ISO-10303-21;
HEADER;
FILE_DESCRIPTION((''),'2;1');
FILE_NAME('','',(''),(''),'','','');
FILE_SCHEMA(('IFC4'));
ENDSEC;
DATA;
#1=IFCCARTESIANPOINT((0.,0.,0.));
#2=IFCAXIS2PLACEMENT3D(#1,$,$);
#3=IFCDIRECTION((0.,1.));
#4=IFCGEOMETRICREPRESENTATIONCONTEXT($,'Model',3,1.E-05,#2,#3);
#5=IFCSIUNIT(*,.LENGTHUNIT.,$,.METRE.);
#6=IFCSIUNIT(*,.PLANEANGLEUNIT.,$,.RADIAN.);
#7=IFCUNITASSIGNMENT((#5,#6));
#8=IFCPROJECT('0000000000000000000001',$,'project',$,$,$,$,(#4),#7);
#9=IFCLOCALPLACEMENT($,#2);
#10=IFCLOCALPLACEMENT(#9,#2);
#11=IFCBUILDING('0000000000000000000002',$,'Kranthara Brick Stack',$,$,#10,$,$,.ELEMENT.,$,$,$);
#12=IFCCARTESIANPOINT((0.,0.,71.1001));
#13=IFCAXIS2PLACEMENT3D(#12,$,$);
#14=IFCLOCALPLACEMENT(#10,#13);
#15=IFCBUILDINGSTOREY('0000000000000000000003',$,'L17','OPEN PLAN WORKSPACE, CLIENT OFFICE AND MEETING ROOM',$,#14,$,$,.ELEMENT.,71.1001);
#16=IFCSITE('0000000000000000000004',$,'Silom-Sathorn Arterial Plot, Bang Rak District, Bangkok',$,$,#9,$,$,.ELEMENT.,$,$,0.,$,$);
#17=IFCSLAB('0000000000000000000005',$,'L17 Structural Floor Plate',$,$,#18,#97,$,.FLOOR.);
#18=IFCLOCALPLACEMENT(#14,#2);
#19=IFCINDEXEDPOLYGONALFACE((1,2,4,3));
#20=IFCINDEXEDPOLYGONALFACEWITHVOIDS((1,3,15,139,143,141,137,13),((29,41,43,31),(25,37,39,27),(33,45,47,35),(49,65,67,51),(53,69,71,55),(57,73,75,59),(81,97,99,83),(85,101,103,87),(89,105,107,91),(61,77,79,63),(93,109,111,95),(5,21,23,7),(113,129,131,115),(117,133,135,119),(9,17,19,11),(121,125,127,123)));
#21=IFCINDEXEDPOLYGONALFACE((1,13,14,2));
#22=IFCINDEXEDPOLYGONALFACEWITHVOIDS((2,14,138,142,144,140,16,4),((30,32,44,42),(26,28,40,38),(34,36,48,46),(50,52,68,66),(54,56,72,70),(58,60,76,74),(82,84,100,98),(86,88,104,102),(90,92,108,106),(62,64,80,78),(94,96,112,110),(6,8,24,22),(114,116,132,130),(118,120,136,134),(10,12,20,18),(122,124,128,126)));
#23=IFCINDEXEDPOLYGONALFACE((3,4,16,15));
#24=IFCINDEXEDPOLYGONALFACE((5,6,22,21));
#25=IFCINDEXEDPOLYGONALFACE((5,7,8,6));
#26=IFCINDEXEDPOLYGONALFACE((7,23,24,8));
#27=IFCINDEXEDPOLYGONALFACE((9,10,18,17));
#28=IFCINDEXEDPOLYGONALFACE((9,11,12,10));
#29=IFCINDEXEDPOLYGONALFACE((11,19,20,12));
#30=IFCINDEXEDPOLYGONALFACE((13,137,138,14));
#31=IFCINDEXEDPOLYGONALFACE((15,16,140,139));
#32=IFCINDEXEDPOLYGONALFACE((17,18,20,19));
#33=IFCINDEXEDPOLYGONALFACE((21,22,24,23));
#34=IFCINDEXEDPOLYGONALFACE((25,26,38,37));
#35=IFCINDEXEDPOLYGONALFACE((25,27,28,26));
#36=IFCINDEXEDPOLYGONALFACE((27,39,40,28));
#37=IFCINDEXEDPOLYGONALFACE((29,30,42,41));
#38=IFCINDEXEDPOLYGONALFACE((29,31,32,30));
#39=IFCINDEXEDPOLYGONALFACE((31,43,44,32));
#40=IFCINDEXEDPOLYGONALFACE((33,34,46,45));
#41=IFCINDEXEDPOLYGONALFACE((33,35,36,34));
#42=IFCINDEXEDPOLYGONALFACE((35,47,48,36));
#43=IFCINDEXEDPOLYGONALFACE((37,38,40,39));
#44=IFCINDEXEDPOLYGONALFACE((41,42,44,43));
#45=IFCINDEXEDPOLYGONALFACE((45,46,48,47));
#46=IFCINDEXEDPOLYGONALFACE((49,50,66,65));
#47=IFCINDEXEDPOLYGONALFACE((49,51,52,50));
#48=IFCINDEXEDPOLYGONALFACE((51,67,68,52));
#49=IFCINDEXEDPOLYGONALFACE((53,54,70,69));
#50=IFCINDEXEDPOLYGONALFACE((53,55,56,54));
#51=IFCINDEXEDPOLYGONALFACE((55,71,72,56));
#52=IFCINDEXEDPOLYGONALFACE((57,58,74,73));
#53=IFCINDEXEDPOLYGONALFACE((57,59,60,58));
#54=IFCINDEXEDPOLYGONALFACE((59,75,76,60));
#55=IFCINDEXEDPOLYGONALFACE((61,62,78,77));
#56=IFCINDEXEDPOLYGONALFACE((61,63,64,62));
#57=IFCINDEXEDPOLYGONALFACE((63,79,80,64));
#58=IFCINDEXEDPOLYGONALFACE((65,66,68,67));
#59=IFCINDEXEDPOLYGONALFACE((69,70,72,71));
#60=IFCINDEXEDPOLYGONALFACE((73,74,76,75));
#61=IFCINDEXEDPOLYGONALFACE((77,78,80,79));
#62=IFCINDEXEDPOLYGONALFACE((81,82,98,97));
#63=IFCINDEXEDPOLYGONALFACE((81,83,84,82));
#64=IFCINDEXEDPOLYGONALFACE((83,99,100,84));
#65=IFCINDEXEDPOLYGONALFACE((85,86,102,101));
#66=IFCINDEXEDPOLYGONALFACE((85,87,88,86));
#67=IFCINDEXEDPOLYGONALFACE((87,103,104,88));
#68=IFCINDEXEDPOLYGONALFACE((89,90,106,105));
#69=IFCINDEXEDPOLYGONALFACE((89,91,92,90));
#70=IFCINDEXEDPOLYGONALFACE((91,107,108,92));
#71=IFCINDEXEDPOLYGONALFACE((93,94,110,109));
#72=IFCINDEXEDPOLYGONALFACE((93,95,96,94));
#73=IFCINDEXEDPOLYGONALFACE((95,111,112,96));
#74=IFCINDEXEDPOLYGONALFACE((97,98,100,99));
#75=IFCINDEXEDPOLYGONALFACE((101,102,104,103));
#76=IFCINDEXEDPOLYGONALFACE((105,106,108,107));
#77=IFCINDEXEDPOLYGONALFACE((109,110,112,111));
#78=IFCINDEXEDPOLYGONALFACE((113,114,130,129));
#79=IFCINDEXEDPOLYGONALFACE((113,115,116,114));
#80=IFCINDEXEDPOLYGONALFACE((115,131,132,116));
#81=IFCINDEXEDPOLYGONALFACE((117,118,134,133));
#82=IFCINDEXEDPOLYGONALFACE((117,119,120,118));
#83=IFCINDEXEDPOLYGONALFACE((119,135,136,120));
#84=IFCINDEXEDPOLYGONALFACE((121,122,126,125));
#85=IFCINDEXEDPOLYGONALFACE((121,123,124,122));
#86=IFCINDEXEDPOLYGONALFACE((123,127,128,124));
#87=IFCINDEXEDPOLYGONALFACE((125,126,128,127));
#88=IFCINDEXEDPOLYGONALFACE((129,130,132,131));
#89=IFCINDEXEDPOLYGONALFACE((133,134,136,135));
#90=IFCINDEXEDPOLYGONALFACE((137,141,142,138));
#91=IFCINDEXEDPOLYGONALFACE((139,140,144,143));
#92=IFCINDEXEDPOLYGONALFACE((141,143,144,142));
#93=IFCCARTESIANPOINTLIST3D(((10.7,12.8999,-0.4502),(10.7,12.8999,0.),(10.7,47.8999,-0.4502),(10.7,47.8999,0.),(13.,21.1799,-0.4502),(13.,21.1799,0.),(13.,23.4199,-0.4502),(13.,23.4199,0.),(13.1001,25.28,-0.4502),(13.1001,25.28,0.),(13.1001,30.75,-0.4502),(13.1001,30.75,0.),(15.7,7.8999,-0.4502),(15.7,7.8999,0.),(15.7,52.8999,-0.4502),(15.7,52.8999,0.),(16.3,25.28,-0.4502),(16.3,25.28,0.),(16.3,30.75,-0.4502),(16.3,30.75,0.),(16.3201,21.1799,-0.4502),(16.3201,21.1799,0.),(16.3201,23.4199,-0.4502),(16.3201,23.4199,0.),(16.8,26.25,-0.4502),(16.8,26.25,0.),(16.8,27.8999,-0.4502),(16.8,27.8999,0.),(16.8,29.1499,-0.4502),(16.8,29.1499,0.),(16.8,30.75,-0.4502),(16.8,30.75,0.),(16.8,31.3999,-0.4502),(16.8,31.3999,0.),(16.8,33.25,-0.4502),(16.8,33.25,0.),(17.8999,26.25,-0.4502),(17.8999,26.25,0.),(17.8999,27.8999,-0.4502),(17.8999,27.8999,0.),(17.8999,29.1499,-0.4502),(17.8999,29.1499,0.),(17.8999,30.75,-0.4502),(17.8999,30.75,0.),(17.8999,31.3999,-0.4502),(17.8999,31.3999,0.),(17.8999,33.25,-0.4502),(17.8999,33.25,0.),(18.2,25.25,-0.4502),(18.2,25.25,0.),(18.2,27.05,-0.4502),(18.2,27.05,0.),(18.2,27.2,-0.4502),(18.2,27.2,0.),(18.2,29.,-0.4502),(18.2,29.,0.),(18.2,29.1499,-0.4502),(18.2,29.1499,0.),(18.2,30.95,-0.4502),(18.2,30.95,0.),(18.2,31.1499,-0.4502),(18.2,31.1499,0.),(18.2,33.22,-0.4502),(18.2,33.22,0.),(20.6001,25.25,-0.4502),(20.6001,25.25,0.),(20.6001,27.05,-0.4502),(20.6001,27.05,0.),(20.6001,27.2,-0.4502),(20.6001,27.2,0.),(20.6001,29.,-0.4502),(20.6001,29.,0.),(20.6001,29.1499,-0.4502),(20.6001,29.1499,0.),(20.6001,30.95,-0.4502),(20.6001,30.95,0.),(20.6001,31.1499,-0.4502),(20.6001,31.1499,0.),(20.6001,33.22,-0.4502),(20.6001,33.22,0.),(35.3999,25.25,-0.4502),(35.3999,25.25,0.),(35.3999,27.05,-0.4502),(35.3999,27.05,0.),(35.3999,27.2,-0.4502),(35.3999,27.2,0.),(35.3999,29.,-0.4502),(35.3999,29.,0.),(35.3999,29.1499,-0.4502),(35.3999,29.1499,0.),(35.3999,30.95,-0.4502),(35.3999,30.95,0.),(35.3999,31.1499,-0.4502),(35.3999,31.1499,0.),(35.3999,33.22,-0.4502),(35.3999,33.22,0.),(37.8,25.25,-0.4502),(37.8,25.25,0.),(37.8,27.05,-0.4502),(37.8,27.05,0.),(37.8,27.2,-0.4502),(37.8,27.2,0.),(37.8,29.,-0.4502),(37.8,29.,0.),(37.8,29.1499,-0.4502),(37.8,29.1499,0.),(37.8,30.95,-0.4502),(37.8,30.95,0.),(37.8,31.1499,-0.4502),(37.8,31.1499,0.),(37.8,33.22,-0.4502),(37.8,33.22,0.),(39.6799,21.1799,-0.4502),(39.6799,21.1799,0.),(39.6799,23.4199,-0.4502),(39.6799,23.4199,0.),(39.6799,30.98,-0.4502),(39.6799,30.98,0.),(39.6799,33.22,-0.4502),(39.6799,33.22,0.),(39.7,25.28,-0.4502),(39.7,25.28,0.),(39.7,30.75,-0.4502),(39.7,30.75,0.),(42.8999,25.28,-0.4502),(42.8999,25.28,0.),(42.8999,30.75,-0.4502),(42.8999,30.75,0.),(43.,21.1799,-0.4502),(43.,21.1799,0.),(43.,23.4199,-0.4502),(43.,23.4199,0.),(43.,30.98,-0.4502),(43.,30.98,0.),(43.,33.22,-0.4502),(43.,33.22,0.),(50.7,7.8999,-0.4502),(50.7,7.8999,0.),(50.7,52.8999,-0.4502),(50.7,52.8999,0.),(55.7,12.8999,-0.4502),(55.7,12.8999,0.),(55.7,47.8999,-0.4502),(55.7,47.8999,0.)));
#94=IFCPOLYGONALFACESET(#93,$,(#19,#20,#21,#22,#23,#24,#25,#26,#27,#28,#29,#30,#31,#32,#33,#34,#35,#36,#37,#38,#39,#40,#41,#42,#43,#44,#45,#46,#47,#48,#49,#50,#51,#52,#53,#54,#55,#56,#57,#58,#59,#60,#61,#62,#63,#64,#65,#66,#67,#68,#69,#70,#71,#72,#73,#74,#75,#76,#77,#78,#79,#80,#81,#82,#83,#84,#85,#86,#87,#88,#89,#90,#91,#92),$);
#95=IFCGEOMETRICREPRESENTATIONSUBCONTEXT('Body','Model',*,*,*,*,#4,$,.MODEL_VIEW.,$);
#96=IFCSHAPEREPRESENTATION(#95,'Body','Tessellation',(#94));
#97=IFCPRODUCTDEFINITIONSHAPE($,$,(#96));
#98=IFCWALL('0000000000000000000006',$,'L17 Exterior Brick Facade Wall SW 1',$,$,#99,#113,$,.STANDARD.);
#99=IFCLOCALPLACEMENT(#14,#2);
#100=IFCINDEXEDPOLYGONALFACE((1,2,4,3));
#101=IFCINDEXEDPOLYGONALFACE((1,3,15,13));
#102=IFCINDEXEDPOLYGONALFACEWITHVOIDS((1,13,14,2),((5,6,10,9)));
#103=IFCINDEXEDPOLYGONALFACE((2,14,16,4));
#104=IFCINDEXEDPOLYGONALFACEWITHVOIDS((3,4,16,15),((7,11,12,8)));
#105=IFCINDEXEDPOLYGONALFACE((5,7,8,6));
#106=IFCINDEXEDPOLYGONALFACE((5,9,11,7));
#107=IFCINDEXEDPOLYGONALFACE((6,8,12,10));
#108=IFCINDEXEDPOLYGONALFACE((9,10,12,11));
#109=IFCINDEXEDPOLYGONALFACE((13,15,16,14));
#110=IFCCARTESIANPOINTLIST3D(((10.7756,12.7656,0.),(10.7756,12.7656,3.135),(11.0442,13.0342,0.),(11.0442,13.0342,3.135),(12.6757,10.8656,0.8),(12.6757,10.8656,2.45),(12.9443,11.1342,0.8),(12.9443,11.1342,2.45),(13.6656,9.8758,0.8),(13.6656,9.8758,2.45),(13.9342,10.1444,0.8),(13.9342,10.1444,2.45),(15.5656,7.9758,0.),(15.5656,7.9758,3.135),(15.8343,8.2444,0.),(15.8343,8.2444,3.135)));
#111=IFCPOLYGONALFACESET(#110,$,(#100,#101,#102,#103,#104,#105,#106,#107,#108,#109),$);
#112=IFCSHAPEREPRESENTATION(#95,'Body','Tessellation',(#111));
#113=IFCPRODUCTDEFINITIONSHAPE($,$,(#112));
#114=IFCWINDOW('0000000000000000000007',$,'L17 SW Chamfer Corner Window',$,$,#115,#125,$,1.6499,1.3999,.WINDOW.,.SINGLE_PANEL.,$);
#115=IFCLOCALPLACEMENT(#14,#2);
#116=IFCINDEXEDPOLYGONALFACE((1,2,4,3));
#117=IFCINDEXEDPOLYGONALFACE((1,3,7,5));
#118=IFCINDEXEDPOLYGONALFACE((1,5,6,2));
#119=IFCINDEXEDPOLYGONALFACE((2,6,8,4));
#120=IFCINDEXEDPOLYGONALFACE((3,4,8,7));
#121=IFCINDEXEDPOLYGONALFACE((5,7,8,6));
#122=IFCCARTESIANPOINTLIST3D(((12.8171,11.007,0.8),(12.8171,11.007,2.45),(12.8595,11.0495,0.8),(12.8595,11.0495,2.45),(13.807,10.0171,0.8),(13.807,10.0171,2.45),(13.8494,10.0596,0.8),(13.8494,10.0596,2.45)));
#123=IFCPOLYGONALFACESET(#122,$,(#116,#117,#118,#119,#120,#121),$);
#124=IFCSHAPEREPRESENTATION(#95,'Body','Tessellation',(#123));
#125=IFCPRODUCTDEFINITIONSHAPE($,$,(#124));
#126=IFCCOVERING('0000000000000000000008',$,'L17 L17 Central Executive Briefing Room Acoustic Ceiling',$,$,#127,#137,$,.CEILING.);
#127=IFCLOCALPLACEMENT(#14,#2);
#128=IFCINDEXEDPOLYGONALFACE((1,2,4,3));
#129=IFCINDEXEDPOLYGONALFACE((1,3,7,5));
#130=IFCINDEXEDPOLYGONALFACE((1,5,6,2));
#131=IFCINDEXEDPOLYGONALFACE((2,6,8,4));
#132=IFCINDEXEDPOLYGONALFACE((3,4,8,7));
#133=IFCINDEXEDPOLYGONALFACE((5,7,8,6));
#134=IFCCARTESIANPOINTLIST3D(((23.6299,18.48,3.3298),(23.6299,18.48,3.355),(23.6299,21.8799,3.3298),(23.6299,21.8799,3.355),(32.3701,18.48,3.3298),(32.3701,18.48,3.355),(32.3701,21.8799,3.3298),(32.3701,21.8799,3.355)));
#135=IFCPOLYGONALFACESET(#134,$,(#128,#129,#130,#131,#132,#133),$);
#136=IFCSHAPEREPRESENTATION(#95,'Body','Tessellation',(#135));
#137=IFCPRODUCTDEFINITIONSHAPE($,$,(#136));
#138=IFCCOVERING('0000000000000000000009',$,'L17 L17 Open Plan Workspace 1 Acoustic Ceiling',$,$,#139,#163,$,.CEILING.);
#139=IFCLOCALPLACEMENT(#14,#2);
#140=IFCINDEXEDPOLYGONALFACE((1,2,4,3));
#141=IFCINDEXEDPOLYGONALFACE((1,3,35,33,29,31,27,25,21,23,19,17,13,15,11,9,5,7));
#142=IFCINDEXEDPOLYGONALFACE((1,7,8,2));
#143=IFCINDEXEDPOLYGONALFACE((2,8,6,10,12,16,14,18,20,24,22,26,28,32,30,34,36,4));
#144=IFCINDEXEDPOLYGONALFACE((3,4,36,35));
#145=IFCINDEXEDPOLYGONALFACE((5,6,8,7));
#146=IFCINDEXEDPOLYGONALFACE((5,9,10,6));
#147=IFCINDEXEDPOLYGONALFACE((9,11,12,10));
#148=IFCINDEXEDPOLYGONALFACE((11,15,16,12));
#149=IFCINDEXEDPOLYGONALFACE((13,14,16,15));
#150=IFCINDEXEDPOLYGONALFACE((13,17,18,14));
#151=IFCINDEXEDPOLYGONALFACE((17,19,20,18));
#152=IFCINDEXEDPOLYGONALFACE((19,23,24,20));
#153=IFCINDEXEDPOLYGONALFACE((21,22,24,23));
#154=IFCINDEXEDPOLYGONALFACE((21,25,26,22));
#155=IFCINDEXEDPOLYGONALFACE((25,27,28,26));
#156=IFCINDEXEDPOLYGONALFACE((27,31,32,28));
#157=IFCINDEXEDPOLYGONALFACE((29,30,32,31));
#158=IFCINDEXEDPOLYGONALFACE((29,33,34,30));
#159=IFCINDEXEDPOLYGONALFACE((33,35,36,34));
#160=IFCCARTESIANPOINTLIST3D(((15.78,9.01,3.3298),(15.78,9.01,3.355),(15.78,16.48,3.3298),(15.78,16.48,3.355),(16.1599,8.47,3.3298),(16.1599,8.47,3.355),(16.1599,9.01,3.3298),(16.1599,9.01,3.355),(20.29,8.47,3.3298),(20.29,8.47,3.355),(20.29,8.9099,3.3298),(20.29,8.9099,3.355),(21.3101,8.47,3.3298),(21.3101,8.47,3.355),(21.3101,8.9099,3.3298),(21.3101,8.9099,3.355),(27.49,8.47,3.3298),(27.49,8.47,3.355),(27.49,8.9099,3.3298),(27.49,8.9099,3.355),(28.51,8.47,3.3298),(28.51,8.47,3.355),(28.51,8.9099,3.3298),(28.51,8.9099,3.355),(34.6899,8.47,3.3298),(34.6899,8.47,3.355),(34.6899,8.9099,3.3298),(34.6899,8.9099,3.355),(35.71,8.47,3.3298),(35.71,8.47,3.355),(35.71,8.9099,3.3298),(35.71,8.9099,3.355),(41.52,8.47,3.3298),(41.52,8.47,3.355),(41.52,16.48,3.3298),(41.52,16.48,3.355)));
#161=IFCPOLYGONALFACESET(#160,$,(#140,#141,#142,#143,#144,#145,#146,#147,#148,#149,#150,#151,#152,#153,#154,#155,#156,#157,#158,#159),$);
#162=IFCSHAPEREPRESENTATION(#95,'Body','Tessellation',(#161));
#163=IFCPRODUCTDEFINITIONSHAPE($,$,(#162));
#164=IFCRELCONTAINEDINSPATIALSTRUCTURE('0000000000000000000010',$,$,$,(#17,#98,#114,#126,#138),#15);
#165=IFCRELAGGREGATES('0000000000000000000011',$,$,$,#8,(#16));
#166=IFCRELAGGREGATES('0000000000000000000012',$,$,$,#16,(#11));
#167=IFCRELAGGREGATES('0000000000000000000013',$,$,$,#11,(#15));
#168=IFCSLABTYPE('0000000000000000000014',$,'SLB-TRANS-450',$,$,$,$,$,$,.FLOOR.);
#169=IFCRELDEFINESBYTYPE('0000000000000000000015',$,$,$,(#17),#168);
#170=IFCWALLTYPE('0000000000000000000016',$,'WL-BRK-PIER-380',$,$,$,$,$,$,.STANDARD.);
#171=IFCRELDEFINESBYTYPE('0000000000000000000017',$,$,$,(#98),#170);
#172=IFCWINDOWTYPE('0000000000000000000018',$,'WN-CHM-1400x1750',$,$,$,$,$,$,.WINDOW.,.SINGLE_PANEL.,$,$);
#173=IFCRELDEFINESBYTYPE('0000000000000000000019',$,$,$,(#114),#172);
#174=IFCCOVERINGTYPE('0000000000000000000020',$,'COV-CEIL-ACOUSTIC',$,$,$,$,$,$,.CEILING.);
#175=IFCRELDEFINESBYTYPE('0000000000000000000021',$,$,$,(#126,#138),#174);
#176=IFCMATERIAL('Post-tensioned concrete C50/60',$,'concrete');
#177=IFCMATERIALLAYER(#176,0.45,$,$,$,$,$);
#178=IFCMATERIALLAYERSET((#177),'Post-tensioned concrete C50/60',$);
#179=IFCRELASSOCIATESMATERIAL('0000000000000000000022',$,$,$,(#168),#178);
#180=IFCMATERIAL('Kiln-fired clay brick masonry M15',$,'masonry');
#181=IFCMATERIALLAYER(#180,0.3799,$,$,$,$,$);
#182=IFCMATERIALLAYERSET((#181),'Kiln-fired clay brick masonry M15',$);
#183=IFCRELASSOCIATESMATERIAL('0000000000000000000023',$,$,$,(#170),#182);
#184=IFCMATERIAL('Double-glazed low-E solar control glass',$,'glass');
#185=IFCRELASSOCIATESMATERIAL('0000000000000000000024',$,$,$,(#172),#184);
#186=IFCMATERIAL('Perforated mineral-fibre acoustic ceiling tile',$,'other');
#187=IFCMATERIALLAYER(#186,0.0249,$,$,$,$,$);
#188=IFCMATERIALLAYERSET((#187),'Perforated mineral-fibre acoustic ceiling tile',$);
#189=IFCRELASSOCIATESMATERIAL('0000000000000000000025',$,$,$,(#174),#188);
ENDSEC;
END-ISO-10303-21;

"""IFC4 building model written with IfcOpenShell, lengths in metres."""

from ifc_helpers import new_model, si_unit, direction, frame, frame_2d, origin, place, context, subcontext, project, spatial, polyline, rectangle, outline, extrude, material, layer, layer_set, type_object, element, fill, save


model = new_model("IFC4")

# Units and contexts
model_context = context("Model", 3, precision=1e-05, world=origin(), true_north=direction((0.0, 1.0)))
body_context = subcontext(model_context, "Body", "Model", "MODEL_VIEW")
ifc_project = project(units=[si_unit("LENGTHUNIT", "METRE"), si_unit("PLANEANGLEUNIT", "RADIAN")], contexts=[model_context])

# Site, building, storey
site_placement = place(None, origin())
site = spatial("IfcSite", under=ifc_project, at=site_placement, Name="Silom-Sathorn Arterial Plot, Bang Rak District, Bangkok", CompositionType="ELEMENT", RefElevation=0.0)
building_placement = place(site_placement, origin())
building = spatial("IfcBuilding", under=site, at=building_placement, Name="Kranthara Brick Stack", CompositionType="ELEMENT")
storey_placement = place(building_placement, frame((0.0, 0.0, 71.1001)))
storey = spatial("IfcBuildingStorey", under=building, at=storey_placement, Name="L17", Description="OPEN PLAN WORKSPACE, CLIENT OFFICE AND MEETING ROOM", CompositionType="ELEMENT", Elevation=71.1001)

# Slab
ifc_material_1 = material(Name="Post-tensioned concrete C50/60", Category="concrete")
ifc_layer_1 = layer(ifc_material_1, 0.45)
ifc_layer_set_1 = layer_set([ifc_layer_1], Name="Post-tensioned concrete C50/60")
slab_type_1 = type_object("IfcSlabType", Name="SLB-TRANS-450", PredefinedType="FLOOR", material=ifc_layer_set_1)
slab_1_placement = place(storey_placement, frame((0.0, 0.0, -0.4502)))
element("IfcSlab", 1, at=slab_1_placement, inside=storey, type_object=slab_type_1, Name="L17 Structural Floor Plate", PredefinedType="FLOOR", context=body_context, shape_type="SweptSolid", body=[
    extrude(outline(polyline([(15.7, 7.8999), (50.7, 7.8999), (55.7, 12.8999), (55.7, 47.8999), (50.7, 52.8999), (15.7, 52.8999), (10.7, 47.8999), (10.7, 12.8999), (15.7, 7.8999)]), holes=[polyline([(13.1001, 25.28), (16.3, 25.28), (16.3, 30.75), (13.1001, 30.75), (13.1001, 25.28)]), polyline([(39.7, 25.28), (42.8999, 25.28), (42.8999, 30.75), (39.7, 30.75), (39.7, 25.28)]), polyline([(13.0, 21.1799), (16.3201, 21.1799), (16.3201, 23.4199), (13.0, 23.4199), (13.0, 21.1799)]), polyline([(39.6799, 21.1799), (43.0, 21.1799), (43.0, 23.4199), (39.6799, 23.4199), (39.6799, 21.1799)]), polyline([(39.6799, 30.98), (43.0, 30.98), (43.0, 33.22), (39.6799, 33.22), (39.6799, 30.98)]), polyline([(18.2, 25.25), (20.6001, 25.25), (20.6001, 27.05), (18.2, 27.05), (18.2, 25.25)]), polyline([(18.2, 27.2), (20.6001, 27.2), (20.6001, 29.0), (18.2, 29.0), (18.2, 27.2)]), polyline([(18.2, 29.1499), (20.6001, 29.1499), (20.6001, 30.95), (18.2, 30.95), (18.2, 29.1499)]), polyline([(35.3999, 25.25), (37.8, 25.25), (37.8, 27.05), (35.3999, 27.05), (35.3999, 25.25)]), polyline([(35.3999, 27.2), (37.8, 27.2), (37.8, 29.0), (35.3999, 29.0), (35.3999, 27.2)]), polyline([(35.3999, 29.1499), (37.8, 29.1499), (37.8, 30.95), (35.3999, 30.95), (35.3999, 29.1499)]), polyline([(18.2, 31.1499), (20.6001, 31.1499), (20.6001, 33.22), (18.2, 33.22), (18.2, 31.1499)]), polyline([(35.3999, 31.1499), (37.8, 31.1499), (37.8, 33.22), (35.3999, 33.22), (35.3999, 31.1499)]), polyline([(16.8, 26.25), (17.8999, 26.25), (17.8999, 27.8999), (16.8, 27.8999), (16.8, 26.25)]), polyline([(16.8, 29.1499), (17.8999, 29.1499), (17.8999, 30.75), (16.8, 30.75), (16.8, 29.1499)]), polyline([(16.8, 31.3999), (17.8999, 31.3999), (17.8999, 33.25), (16.8, 33.25), (16.8, 31.3999)])]), origin(), (0.0, 0.0, 1.0), 0.4502),
])

# Wall, opening, window
ifc_material_2 = material(Name="Kiln-fired clay brick masonry M15", Category="masonry")
ifc_layer_2 = layer(ifc_material_2, 0.3799)
ifc_layer_set_2 = layer_set([ifc_layer_2], Name="Kiln-fired clay brick masonry M15")
wall_type = type_object("IfcWallType", Name="WL-BRK-PIER-380", PredefinedType="STANDARD", material=ifc_layer_set_2)
wall_placement = place(storey_placement, frame((15.7, 8.1101, 0.0), z_axis=(0.0, 0.0, 1.0), x_axis=(-0.707125, 0.707089, 0.0)))
wall = element("IfcWall", 2, at=wall_placement, inside=storey, type_object=wall_type, Name="L17 Exterior Brick Facade Wall SW 1", PredefinedType="STANDARD", context=body_context, shape_type="SweptSolid", body=[
    extrude(rectangle(XDim=6.7739, YDim=0.3799, at=frame_2d((3.387, 0.0))), origin(), (0.0, 0.0, 1.0), 3.135),
])
opening_1_placement = place(wall_placement, frame((2.687, 0.0, 0.8)))
opening_1 = element("IfcOpeningElement", 3, at=opening_1_placement, cuts=wall, PredefinedType="OPENING", context=body_context, shape_type="SweptSolid", body=[
    extrude(rectangle(XDim=1.3999, YDim=1.6499, at=frame_2d((0.7, 0.825))), frame((0.0, 0.2, 0.0), z_axis=(0.0, -1.0, 0.0), x_axis=(1.0, 0.0, 0.0)), (0.0, 0.0, 1.0), 0.3999),
])
ifc_material_3 = material(Name="Double-glazed low-E solar control glass", Category="glass")
window_type_1 = type_object("IfcWindowType", Name="WN-CHM-1400x1750", PartitioningType="SINGLE_PANEL", PredefinedType="WINDOW", material=ifc_material_3)
window_1_placement = place(opening_1_placement, origin())
window_1 = element("IfcWindow", 4, at=window_1_placement, inside=storey, type_object=window_type_1, Name="L17 SW Chamfer Corner Window", OverallHeight=1.6499, OverallWidth=1.3999, PartitioningType="SINGLE_PANEL", PredefinedType="WINDOW", context=body_context, shape_type="SweptSolid", body=[
    extrude(rectangle(XDim=1.3999, YDim=1.6499, at=frame_2d((0.7, 0.825))), frame((0.0, -0.01, 0.0), z_axis=(0.0, -1.0, 0.0), x_axis=(1.0, 0.0, 0.0)), (0.0, 0.0, 1.0), 0.0601),
])
fill(opening_1, window_1)

# Coverings
ifc_material_4 = material(Name="Perforated mineral-fibre acoustic ceiling tile", Category="other")
ifc_layer_3 = layer(ifc_material_4, 0.0249)
ifc_layer_set_3 = layer_set([ifc_layer_3], Name="Perforated mineral-fibre acoustic ceiling tile")
covering_type_1 = type_object("IfcCoveringType", Name="COV-CEIL-ACOUSTIC", PredefinedType="CEILING", material=ifc_layer_set_3)
covering_1_placement = place(storey_placement, frame((0.0, 0.0, 3.3298)))
element("IfcCovering", 5, at=covering_1_placement, inside=storey, type_object=covering_type_1, Name="L17 L17 Central Executive Briefing Room Acoustic Ceiling", PredefinedType="CEILING", context=body_context, shape_type="SweptSolid", body=[
    extrude(outline(polyline([(32.3701, 18.48), (32.3701, 21.8799), (23.6299, 21.8799), (23.6299, 18.48), (32.3701, 18.48)])), origin(), (0.0, 0.0, 1.0), 0.0251),
])
covering_2_placement = place(storey_placement, frame((0.0, 0.0, 3.3298)))
element("IfcCovering", 6, at=covering_2_placement, inside=storey, type_object=covering_type_1, Name="L17 L17 Open Plan Workspace 1 Acoustic Ceiling", PredefinedType="CEILING", context=body_context, shape_type="SweptSolid", body=[
    extrude(outline(polyline([(35.71, 8.47), (35.71, 8.9099), (34.6899, 8.9099), (34.6899, 8.47), (28.51, 8.47), (28.51, 8.9099), (27.49, 8.9099), (27.49, 8.47), (21.3101, 8.47), (21.3101, 8.9099), (20.29, 8.9099), (20.29, 8.47), (16.1599, 8.47), (16.1599, 9.01), (15.78, 9.01), (15.78, 16.48), (41.52, 16.48), (41.52, 8.47), (35.71, 8.47)])), origin(), (0.0, 0.0, 1.0), 0.0251),
])

save(model, "model.ifc")
